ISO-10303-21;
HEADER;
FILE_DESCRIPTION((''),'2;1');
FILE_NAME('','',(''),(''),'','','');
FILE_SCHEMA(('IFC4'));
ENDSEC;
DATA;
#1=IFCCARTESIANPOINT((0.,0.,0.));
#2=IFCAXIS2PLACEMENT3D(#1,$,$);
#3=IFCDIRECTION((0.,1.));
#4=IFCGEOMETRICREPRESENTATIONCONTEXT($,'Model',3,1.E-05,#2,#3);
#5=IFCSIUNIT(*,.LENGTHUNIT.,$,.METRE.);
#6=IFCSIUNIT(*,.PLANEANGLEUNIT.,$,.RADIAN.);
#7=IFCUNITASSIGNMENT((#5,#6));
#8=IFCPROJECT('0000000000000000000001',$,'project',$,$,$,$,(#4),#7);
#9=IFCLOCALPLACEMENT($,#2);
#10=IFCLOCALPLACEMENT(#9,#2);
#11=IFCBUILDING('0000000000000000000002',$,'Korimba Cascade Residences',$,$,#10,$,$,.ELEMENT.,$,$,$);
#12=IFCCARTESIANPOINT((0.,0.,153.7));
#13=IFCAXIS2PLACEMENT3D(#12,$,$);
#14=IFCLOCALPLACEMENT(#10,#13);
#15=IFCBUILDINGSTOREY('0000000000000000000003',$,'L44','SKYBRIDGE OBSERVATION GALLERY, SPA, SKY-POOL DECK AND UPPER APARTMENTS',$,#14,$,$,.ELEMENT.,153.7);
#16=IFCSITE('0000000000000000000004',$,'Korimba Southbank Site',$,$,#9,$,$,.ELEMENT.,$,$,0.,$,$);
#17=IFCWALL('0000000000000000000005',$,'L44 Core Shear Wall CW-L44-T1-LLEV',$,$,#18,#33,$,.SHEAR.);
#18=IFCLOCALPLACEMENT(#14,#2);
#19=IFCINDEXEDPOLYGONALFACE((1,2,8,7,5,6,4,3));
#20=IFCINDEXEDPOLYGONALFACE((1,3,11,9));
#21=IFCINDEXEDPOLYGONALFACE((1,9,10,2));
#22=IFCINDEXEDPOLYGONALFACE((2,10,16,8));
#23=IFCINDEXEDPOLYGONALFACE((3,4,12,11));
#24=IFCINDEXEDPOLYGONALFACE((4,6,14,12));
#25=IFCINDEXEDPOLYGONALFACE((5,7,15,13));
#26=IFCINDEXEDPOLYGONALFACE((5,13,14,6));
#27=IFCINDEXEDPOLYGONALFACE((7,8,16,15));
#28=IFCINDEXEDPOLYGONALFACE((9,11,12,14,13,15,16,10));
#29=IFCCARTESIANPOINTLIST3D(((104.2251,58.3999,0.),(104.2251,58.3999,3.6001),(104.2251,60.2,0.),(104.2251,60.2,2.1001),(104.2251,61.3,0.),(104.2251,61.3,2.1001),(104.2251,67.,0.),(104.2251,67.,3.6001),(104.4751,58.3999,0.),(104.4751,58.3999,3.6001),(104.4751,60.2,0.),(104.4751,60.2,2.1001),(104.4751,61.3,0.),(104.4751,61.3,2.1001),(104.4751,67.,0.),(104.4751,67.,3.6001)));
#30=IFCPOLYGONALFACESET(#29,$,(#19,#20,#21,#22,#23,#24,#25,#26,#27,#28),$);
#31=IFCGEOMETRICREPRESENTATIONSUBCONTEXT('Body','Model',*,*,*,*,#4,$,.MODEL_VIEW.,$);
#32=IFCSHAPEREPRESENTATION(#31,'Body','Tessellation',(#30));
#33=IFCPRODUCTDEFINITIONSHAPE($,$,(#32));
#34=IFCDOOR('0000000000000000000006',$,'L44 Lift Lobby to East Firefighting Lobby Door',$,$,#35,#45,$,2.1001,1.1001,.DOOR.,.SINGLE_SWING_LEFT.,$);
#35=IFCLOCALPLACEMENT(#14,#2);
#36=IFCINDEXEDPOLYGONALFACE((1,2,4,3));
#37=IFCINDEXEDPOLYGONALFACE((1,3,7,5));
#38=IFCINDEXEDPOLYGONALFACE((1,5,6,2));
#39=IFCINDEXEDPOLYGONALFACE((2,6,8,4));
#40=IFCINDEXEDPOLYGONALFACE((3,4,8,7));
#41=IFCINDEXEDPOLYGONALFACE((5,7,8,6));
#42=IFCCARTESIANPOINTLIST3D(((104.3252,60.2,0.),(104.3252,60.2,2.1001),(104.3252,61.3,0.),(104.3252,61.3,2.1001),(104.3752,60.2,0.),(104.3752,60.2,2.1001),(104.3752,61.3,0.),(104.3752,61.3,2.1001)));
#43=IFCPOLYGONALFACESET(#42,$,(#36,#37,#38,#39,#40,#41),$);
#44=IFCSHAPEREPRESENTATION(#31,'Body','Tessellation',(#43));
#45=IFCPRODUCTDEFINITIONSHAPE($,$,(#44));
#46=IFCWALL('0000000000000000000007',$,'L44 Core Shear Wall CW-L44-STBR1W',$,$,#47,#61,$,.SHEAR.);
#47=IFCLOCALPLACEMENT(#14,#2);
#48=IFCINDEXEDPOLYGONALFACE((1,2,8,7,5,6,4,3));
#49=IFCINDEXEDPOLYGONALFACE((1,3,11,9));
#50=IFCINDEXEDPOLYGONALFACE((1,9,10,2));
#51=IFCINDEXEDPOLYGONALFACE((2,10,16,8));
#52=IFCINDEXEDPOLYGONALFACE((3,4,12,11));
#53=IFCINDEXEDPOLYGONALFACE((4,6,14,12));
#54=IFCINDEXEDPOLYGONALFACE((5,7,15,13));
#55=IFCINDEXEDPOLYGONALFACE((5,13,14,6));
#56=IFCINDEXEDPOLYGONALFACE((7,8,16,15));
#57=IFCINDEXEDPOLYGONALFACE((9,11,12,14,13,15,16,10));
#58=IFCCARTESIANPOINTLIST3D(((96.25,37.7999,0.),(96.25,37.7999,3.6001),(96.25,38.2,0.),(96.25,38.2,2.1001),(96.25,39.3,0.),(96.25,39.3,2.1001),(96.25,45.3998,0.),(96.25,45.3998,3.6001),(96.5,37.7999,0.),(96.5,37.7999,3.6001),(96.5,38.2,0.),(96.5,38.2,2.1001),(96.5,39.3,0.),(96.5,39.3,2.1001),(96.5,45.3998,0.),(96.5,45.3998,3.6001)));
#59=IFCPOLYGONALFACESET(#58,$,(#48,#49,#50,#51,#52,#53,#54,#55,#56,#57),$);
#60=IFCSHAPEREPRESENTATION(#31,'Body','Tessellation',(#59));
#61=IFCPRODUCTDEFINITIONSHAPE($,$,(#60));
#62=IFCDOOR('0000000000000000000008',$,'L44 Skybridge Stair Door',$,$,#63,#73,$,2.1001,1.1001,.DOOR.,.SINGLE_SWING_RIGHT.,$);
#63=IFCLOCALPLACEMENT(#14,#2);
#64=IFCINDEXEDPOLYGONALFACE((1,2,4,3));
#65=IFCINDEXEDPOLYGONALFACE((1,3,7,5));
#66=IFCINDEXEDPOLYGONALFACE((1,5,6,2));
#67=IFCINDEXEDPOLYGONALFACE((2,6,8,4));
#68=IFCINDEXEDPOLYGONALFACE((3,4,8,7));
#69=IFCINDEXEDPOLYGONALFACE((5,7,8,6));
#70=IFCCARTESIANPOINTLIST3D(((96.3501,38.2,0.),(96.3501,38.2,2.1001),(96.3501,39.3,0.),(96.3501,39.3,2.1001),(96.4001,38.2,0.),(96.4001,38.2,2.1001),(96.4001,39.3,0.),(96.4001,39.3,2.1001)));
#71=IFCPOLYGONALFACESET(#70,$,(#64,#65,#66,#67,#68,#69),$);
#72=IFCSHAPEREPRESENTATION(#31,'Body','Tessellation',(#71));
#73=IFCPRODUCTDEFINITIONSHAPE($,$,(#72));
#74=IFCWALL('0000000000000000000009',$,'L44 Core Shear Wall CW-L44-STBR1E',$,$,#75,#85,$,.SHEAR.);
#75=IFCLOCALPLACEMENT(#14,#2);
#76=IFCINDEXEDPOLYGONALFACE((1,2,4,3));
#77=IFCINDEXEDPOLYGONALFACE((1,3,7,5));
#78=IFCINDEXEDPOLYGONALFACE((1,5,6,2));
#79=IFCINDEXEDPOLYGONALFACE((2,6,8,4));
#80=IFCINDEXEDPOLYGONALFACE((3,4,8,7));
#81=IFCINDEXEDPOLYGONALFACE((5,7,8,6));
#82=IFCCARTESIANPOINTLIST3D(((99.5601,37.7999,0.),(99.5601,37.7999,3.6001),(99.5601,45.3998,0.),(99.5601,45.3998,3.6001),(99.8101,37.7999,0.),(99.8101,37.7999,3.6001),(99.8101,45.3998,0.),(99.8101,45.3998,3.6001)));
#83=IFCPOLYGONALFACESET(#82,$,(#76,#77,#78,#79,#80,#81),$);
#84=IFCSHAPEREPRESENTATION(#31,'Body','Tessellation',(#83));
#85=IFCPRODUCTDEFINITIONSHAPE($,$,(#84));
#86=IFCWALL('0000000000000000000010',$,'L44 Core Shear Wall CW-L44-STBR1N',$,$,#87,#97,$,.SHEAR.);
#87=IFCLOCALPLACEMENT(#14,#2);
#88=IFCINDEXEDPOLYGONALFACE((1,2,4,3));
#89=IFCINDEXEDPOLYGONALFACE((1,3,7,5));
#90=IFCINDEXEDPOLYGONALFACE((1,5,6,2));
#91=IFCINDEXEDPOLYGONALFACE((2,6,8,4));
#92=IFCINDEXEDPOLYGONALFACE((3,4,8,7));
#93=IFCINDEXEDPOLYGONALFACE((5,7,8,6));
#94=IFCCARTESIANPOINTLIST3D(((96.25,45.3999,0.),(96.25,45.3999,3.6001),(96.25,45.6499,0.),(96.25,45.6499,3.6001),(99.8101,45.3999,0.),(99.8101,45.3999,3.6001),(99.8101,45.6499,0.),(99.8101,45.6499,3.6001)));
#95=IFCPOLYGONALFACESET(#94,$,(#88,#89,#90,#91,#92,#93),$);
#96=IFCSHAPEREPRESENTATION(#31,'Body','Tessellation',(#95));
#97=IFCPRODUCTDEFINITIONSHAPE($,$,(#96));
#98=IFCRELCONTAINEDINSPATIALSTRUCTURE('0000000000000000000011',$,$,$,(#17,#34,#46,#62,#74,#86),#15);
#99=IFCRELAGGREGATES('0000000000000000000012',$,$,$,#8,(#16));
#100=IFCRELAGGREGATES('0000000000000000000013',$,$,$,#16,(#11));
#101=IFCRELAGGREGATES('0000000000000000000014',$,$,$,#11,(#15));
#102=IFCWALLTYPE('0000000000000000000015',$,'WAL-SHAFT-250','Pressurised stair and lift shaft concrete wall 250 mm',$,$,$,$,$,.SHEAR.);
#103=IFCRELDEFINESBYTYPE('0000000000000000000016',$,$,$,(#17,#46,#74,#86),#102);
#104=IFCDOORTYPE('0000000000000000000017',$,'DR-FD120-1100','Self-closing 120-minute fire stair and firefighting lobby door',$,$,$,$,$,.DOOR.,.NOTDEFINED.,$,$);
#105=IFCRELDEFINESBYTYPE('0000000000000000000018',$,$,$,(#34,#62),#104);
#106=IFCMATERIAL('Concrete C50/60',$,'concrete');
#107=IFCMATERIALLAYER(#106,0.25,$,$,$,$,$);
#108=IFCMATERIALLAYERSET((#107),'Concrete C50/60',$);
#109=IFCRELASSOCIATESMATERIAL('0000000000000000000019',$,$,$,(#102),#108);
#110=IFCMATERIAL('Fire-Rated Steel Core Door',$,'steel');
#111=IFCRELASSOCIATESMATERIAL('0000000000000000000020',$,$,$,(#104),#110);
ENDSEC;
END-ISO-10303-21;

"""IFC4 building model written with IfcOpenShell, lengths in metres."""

from ifc_helpers import new_model, si_unit, direction, frame, frame_2d, origin, place, context, subcontext, project, spatial, rectangle, extrude, material, layer, layer_set, type_object, element, fill, save


model = new_model("IFC4")

# Units and contexts
model_context = context("Model", 3, precision=1e-05, world=origin(), true_north=direction((0.0, 1.0)))
body_context = subcontext(model_context, "Body", "Model", "MODEL_VIEW")
ifc_project = project(units=[si_unit("LENGTHUNIT", "METRE"), si_unit("PLANEANGLEUNIT", "RADIAN")], contexts=[model_context])

# Site, building, storey
site_placement = place(None, origin())
site = spatial("IfcSite", under=ifc_project, at=site_placement, Name="Korimba Southbank Site", CompositionType="ELEMENT", RefElevation=0.0)
building_placement = place(site_placement, origin())
building = spatial("IfcBuilding", under=site, at=building_placement, Name="Korimba Cascade Residences", CompositionType="ELEMENT")
storey_placement = place(building_placement, frame((0.0, 0.0, 153.7)))
storey = spatial("IfcBuildingStorey", under=building, at=storey_placement, Name="L44", Description="SKYBRIDGE OBSERVATION GALLERY, SPA, SKY-POOL DECK AND UPPER APARTMENTS", CompositionType="ELEMENT", Elevation=153.7)

# Shared definitions
ifc_material_1 = material(Name="Concrete C50/60", Category="concrete")
ifc_layer_1 = layer(ifc_material_1, 0.25)
ifc_layer_set_1 = layer_set([ifc_layer_1], Name="Concrete C50/60")
wall_type_1 = type_object("IfcWallType", Name="WAL-SHAFT-250", Description="Pressurised stair and lift shaft concrete wall 250 mm", PredefinedType="SHEAR", material=ifc_layer_set_1)

# Walls, openings, doors
wall_1_placement = place(storey_placement, frame((104.3501, 58.3999, 0.0), z_axis=(0.0, 0.0, 1.0), x_axis=(0.0, 1.0, 0.0)))
wall_1 = element("IfcWall", 1, at=wall_1_placement, inside=storey, type_object=wall_type_1, Name="L44 Core Shear Wall CW-L44-T1-LLEV", PredefinedType="SHEAR", context=body_context, shape_type="SweptSolid", body=[
    extrude(rectangle(XDim=8.6001, YDim=0.25, at=frame_2d((4.3, 0.0))), origin(), (0.0, 0.0, 1.0), 3.6001),
])
opening_1_placement = place(wall_1_placement, frame((1.8, 0.0, 0.0)))
opening_1 = element("IfcOpeningElement", 2, at=opening_1_placement, cuts=wall_1, PredefinedType="OPENING", context=body_context, shape_type="SweptSolid", body=[
    extrude(rectangle(XDim=1.1001, YDim=2.1001, at=frame_2d((0.55, 1.05))), frame((0.0, 0.135, 0.0), z_axis=(0.0, -1.0, 0.0), x_axis=(1.0, 0.0, 0.0)), (0.0, 0.0, 1.0), 0.27),
])
ifc_material_2 = material(Name="Fire-Rated Steel Core Door", Category="steel")
door_type_1 = type_object("IfcDoorType", Name="DR-FD120-1100", Description="Self-closing 120-minute fire stair and firefighting lobby door", OperationType="NOTDEFINED", PredefinedType="DOOR", material=ifc_material_2)
door_1_placement = place(opening_1_placement, origin())
door_1 = element("IfcDoor", 3, at=door_1_placement, inside=storey, type_object=door_type_1, Name="L44 Lift Lobby to East Firefighting Lobby Door", OperationType="SINGLE_SWING_LEFT", OverallHeight=2.1001, OverallWidth=1.1001, PredefinedType="DOOR", context=body_context, shape_type="SweptSolid", body=[
    extrude(rectangle(XDim=1.1001, YDim=2.1001, at=frame_2d((0.55, 1.05))), frame((0.0, 0.0249, 0.0), z_axis=(0.0, -1.0, 0.0), x_axis=(1.0, 0.0, 0.0)), (0.0, 0.0, 1.0), 0.05),
])
fill(opening_1, door_1)
wall_2_placement = place(storey_placement, frame((96.375, 37.8, 0.0), z_axis=(0.0, 0.0, 1.0), x_axis=(0.0, 1.0, 0.0)))
wall_2 = element("IfcWall", 4, at=wall_2_placement, inside=storey, type_object=wall_type_1, Name="L44 Core Shear Wall CW-L44-STBR1W", PredefinedType="SHEAR", context=body_context, shape_type="SweptSolid", body=[
    extrude(rectangle(XDim=7.5999, YDim=0.25, at=frame_2d((3.7998, 0.0))), origin(), (0.0, 0.0, 1.0), 3.6001),
])
opening_2_placement = place(wall_2_placement, frame((0.3999, 0.0, 0.0)))
opening_2 = element("IfcOpeningElement", 5, at=opening_2_placement, cuts=wall_2, PredefinedType="OPENING", context=body_context, shape_type="SweptSolid", body=[
    extrude(rectangle(XDim=1.1001, YDim=2.1001, at=frame_2d((0.55, 1.05))), frame((0.0, 0.135, 0.0), z_axis=(0.0, -1.0, 0.0), x_axis=(1.0, 0.0, 0.0)), (0.0, 0.0, 1.0), 0.27),
])
door_2_placement = place(opening_2_placement, origin())
door_2 = element("IfcDoor", 6, at=door_2_placement, inside=storey, type_object=door_type_1, Name="L44 Skybridge Stair Door", OperationType="SINGLE_SWING_RIGHT", OverallHeight=2.1001, OverallWidth=1.1001, PredefinedType="DOOR", context=body_context, shape_type="SweptSolid", body=[
    extrude(rectangle(XDim=1.1001, YDim=2.1001, at=frame_2d((0.55, 1.05))), frame((0.0, 0.0249, 0.0), z_axis=(0.0, -1.0, 0.0), x_axis=(1.0, 0.0, 0.0)), (0.0, 0.0, 1.0), 0.05),
])
fill(opening_2, door_2)

# Walls
wall_3_placement = place(storey_placement, frame((99.6851, 37.8, 0.0), z_axis=(0.0, 0.0, 1.0), x_axis=(0.0, 1.0, 0.0)))
element("IfcWall", 7, at=wall_3_placement, inside=storey, type_object=wall_type_1, Name="L44 Core Shear Wall CW-L44-STBR1E", PredefinedType="SHEAR", context=body_context, shape_type="SweptSolid", body=[
    extrude(rectangle(XDim=7.5999, YDim=0.25, at=frame_2d((3.7998, 0.0))), origin(), (0.0, 0.0, 1.0), 3.6001),
])
wall_4_placement = place(storey_placement, frame((96.25, 45.5249, 0.0), z_axis=(0.0, 0.0, 1.0), x_axis=(1.0, 0.0, 0.0)))
element("IfcWall", 8, at=wall_4_placement, inside=storey, type_object=wall_type_1, Name="L44 Core Shear Wall CW-L44-STBR1N", PredefinedType="SHEAR", context=body_context, shape_type="SweptSolid", body=[
    extrude(rectangle(XDim=3.5601, YDim=0.25, at=frame_2d((1.78, 0.0))), origin(), (0.0, 0.0, 1.0), 3.6001),
])

save(model, "model.ifc")
